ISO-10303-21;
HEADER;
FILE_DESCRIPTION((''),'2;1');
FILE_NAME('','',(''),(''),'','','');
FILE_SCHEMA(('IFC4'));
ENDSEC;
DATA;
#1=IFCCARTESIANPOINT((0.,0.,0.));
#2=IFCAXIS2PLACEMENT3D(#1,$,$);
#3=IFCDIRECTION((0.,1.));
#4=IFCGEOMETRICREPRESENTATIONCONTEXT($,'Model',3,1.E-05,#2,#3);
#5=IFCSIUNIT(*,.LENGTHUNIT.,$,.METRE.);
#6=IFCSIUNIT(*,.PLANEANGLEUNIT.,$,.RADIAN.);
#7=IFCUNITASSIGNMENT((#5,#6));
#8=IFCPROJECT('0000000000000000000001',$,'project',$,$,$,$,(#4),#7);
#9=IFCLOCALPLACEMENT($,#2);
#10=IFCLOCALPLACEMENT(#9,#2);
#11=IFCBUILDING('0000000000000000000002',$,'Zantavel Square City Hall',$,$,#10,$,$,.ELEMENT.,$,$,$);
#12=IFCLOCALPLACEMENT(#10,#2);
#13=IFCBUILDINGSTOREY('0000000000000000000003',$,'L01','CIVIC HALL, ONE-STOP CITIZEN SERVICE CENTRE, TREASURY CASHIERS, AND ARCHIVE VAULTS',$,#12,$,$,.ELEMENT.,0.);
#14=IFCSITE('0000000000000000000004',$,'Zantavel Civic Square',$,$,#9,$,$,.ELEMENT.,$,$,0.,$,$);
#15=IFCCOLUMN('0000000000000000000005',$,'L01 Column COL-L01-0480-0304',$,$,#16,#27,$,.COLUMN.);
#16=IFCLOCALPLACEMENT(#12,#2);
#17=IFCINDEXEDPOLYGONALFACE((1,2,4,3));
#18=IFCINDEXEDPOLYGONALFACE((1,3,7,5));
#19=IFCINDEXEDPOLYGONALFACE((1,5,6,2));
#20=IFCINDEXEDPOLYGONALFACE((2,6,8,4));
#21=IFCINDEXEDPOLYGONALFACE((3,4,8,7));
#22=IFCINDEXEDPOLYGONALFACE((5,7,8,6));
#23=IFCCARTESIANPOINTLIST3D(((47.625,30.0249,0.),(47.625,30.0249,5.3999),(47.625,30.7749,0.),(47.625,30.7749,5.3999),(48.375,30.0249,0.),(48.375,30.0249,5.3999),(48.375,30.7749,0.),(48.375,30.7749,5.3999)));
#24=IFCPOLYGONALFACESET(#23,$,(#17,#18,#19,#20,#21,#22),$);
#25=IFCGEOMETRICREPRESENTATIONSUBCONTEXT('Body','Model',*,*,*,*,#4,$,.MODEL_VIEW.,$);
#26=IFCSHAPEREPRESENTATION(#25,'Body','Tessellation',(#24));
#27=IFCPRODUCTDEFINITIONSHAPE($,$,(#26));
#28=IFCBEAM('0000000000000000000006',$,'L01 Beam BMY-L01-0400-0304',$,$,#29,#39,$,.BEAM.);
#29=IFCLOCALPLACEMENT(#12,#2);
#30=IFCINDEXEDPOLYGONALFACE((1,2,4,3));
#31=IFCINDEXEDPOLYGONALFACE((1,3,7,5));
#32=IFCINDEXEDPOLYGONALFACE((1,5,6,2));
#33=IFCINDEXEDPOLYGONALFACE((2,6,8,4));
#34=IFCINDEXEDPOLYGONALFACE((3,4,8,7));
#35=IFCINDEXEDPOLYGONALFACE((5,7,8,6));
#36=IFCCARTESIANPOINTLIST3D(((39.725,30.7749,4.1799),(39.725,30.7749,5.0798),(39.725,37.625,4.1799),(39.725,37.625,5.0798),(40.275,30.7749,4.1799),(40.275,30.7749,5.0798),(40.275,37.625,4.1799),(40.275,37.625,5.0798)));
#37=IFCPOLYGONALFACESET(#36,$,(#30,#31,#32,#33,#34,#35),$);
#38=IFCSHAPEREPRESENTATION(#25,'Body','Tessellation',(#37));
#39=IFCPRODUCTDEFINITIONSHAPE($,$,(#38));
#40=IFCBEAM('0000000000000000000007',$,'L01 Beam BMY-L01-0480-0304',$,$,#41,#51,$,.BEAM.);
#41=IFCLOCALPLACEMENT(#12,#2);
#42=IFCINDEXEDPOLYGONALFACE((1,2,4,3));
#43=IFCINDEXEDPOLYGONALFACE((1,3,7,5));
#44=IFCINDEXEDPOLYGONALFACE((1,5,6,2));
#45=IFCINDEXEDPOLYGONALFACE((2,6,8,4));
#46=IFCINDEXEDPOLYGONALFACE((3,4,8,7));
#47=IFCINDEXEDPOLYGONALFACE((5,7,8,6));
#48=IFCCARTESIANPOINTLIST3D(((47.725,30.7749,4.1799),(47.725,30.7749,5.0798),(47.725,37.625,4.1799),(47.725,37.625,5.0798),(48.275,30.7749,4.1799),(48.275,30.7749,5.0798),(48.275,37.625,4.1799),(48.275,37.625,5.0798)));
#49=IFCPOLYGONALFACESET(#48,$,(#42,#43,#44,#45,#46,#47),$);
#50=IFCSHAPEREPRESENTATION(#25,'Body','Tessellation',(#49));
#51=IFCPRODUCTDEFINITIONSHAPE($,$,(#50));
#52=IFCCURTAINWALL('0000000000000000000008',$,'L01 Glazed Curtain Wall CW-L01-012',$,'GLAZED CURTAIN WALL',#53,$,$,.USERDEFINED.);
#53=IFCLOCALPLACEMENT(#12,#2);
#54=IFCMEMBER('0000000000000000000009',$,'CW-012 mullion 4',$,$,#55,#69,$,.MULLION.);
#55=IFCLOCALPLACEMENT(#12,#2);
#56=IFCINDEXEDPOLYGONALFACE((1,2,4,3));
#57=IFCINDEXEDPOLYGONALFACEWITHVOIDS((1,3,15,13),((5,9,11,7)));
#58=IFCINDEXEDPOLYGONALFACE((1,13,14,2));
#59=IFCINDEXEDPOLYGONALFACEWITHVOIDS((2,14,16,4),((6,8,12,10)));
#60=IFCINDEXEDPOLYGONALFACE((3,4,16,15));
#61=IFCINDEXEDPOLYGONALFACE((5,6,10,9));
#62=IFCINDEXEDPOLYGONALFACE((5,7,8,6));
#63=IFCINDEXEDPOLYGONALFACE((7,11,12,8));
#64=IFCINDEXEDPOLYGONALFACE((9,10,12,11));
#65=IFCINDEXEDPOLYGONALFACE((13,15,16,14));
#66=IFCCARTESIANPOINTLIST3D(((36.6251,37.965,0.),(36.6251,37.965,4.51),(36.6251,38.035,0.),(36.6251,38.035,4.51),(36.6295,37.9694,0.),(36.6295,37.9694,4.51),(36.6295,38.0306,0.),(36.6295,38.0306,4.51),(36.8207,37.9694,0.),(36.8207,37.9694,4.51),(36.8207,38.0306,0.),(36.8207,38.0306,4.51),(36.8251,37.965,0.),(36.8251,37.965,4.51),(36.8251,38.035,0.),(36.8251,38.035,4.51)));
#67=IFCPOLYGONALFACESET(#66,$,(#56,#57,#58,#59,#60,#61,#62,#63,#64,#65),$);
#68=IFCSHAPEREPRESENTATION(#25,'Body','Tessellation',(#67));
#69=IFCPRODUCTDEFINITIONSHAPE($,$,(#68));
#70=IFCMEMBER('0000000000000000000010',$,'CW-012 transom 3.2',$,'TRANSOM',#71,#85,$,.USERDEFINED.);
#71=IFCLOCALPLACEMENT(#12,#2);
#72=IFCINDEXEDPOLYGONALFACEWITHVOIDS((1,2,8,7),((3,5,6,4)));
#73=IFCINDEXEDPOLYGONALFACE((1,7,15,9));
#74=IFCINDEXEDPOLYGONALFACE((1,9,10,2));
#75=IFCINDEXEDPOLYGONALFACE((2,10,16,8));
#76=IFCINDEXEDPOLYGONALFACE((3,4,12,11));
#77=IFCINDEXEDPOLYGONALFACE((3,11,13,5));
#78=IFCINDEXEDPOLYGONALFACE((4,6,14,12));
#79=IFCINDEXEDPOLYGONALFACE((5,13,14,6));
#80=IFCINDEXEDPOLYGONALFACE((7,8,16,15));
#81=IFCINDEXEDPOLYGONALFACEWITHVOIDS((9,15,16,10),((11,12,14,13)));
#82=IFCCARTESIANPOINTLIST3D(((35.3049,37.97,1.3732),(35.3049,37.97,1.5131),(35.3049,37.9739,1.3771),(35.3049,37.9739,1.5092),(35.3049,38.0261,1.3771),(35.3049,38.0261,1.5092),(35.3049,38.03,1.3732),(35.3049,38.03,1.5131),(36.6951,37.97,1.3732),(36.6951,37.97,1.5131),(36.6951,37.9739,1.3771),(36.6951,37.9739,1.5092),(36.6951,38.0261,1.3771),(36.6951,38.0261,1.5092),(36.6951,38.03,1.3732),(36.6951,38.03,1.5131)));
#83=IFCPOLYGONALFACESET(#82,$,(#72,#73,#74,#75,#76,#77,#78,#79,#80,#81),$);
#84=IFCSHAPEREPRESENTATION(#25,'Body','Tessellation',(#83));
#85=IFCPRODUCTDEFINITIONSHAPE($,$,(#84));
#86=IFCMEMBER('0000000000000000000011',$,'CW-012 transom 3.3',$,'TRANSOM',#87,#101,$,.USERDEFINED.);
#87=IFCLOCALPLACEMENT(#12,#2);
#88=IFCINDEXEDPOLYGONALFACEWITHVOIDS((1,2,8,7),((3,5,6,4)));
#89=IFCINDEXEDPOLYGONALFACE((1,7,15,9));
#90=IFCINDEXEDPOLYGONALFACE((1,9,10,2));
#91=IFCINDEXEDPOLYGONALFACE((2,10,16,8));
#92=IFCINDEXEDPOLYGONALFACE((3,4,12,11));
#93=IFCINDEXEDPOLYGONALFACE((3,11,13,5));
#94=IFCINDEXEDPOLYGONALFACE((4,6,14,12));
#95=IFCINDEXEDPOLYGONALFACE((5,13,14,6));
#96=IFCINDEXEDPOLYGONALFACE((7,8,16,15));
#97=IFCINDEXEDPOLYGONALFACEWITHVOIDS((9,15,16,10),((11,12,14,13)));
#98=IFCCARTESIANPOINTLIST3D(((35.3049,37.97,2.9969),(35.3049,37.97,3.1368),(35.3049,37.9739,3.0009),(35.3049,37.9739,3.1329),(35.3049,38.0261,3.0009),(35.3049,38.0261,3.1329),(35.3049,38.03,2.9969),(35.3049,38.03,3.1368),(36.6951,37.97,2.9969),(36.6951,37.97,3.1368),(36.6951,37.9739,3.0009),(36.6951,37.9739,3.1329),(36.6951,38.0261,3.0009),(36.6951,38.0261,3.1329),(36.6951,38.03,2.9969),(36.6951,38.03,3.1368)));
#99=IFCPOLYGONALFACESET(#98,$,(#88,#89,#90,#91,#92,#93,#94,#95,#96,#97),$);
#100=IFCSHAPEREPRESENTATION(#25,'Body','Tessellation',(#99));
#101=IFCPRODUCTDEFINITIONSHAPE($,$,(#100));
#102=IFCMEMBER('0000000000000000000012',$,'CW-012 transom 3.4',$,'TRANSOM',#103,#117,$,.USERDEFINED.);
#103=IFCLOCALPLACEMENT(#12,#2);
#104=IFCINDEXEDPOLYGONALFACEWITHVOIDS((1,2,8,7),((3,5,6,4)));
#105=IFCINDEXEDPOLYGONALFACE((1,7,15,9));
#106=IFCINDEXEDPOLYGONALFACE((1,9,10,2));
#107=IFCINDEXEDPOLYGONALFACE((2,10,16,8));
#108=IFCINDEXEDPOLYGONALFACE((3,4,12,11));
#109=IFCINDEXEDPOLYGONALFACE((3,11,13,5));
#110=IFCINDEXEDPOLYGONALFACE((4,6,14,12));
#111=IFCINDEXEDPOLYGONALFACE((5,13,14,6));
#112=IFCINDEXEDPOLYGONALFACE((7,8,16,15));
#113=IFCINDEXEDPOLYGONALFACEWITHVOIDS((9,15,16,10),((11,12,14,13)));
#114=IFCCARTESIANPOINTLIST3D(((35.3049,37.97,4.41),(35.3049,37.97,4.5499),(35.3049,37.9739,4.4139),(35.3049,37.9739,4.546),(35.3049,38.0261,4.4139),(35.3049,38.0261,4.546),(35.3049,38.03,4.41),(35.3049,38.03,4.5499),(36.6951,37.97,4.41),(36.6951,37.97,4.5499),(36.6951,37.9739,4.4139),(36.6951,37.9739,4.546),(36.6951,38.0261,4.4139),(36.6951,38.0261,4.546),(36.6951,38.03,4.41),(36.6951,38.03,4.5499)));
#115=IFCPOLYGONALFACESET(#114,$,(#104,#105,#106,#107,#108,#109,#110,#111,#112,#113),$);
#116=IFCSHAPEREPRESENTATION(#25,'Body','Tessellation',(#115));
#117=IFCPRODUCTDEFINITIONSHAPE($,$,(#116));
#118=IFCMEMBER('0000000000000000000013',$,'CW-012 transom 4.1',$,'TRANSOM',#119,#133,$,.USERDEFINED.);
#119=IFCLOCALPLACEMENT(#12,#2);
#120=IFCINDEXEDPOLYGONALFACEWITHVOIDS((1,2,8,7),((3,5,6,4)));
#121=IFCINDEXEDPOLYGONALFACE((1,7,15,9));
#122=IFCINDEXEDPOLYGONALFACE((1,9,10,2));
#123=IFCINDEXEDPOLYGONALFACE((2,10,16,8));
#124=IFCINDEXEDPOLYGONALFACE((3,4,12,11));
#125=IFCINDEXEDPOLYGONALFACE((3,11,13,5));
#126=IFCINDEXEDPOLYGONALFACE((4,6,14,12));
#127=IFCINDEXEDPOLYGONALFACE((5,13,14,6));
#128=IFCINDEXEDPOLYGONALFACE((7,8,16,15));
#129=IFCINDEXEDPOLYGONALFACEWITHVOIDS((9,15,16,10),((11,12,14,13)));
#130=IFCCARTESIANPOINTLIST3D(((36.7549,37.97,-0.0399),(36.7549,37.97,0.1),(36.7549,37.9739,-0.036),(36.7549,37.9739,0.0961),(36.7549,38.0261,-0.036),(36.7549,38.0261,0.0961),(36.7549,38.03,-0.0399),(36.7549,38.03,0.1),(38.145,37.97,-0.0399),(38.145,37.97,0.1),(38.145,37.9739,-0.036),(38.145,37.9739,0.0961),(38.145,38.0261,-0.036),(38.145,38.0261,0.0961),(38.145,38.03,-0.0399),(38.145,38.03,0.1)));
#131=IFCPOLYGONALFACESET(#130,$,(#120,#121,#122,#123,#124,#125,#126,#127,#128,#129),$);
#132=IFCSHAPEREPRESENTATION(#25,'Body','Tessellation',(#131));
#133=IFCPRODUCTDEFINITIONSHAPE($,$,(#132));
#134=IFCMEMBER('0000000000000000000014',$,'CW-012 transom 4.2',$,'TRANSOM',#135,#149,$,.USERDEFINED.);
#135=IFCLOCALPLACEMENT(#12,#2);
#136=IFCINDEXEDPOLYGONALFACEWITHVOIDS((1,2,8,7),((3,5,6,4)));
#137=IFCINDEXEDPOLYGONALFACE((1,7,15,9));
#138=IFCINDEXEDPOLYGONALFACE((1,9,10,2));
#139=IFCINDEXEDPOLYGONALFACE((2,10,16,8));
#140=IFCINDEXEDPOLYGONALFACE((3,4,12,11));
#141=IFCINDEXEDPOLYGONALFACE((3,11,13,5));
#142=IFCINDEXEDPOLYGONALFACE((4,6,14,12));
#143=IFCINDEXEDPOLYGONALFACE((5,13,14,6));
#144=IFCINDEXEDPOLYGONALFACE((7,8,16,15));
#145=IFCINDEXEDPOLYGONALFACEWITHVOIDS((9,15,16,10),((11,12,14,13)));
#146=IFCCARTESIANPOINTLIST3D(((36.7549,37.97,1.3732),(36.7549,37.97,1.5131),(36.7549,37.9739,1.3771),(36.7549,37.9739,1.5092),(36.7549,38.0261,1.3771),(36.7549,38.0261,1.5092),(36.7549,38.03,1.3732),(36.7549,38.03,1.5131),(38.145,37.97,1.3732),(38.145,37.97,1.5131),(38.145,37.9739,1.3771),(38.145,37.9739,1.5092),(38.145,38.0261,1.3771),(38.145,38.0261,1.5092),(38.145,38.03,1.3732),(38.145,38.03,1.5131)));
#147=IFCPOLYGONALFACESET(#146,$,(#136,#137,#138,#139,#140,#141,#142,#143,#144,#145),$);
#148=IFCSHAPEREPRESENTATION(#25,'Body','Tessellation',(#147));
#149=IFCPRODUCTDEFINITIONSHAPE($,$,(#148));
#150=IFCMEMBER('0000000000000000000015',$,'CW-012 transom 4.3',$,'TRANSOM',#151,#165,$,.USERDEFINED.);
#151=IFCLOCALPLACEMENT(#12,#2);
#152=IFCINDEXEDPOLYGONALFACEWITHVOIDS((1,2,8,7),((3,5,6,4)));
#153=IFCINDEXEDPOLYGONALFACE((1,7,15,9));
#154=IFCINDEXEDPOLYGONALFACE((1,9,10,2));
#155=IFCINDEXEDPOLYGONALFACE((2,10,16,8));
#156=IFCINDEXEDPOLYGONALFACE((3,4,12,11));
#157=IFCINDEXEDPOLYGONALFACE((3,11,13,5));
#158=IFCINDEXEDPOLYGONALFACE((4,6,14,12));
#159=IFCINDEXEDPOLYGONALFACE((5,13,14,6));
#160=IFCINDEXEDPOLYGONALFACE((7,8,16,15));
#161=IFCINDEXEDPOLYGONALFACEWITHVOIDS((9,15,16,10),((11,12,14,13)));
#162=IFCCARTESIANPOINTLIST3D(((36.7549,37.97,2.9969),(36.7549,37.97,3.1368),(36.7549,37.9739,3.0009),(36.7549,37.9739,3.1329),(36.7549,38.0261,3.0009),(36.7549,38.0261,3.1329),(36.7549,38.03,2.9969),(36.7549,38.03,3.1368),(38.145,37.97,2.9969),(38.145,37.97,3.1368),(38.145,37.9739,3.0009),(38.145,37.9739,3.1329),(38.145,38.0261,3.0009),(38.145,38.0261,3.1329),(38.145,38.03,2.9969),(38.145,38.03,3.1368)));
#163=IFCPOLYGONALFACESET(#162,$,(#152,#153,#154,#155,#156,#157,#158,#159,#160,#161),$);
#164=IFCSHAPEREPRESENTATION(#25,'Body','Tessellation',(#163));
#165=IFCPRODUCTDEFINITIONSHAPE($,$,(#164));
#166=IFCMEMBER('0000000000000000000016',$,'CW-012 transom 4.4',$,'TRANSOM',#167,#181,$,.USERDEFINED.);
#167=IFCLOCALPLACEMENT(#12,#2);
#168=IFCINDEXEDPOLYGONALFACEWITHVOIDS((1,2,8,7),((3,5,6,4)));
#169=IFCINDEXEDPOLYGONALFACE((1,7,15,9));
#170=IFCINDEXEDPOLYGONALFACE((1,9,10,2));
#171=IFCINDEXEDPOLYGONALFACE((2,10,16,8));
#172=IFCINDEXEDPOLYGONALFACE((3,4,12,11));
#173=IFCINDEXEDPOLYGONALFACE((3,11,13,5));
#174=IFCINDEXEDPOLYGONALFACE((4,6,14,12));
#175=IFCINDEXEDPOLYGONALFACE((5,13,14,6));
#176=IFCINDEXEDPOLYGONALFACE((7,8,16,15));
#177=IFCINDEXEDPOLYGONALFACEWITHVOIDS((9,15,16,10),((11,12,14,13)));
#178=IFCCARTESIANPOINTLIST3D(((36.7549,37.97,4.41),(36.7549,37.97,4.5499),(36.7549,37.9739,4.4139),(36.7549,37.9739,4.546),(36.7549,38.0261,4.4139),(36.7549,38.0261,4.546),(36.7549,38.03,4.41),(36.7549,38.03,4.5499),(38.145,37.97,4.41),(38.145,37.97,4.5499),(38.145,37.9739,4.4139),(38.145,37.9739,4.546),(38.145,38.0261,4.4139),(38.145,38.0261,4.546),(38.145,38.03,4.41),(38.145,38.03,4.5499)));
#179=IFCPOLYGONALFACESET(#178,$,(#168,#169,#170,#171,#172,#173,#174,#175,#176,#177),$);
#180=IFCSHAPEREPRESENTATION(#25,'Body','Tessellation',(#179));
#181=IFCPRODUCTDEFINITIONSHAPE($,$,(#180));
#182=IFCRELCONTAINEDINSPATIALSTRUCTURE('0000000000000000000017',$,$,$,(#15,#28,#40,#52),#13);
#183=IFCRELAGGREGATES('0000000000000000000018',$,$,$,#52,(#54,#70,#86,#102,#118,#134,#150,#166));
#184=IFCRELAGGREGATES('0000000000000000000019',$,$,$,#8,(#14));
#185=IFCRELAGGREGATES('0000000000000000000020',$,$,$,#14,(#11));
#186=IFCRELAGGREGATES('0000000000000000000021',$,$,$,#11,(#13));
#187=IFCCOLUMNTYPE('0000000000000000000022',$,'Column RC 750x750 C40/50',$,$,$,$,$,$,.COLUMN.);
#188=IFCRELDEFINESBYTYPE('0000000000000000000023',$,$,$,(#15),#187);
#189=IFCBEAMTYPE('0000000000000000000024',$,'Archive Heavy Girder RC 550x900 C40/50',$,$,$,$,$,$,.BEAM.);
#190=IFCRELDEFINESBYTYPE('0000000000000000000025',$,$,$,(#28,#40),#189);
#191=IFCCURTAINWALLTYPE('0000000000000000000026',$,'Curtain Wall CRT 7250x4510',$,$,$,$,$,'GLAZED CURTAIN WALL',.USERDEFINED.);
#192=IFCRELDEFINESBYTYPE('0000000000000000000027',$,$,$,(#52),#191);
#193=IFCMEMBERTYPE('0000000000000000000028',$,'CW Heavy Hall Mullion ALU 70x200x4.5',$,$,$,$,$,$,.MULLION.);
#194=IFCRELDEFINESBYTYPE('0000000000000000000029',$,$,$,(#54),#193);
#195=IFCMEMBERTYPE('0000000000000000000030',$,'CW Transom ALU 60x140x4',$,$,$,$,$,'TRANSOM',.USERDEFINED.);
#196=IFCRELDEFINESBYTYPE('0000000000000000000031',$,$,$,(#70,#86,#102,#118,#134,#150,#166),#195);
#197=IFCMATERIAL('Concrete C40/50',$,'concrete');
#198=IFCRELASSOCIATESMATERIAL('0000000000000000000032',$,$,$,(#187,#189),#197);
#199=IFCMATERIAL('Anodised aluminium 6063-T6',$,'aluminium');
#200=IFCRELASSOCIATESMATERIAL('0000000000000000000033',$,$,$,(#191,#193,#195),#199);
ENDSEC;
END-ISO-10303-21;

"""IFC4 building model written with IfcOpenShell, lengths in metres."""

from ifc_helpers import new_model, si_unit, direction, frame, origin, origin_2d, place, context, subcontext, project, spatial, rectangle, hollow_rectangle, extrude, material, material_profile, profile_set, type_object, element, aggregate, save


model = new_model("IFC4")

# Units and contexts
model_context = context("Model", 3, precision=1e-05, world=origin(), true_north=direction((0.0, 1.0)))
body_context = subcontext(model_context, "Body", "Model", "MODEL_VIEW")
ifc_project = project(units=[si_unit("LENGTHUNIT", "METRE"), si_unit("PLANEANGLEUNIT", "RADIAN")], contexts=[model_context])

# Site, building, storey
site_placement = place(None, origin())
site = spatial("IfcSite", under=ifc_project, at=site_placement, Name="Zantavel Civic Square", CompositionType="ELEMENT", RefElevation=0.0)
building_placement = place(site_placement, origin())
building = spatial("IfcBuilding", under=site, at=building_placement, Name="Zantavel Square City Hall", CompositionType="ELEMENT")
storey_placement = place(building_placement, origin())
storey = spatial("IfcBuildingStorey", under=building, at=storey_placement, Name="L01", Description="CIVIC HALL, ONE-STOP CITIZEN SERVICE CENTRE, TREASURY CASHIERS, AND ARCHIVE VAULTS", CompositionType="ELEMENT", Elevation=0.0)

# Column
ifc_material_1 = material(Name="Concrete C40/50", Category="concrete")
ifc_material_profile_1 = material_profile(ifc_material_1, rectangle(XDim=0.75, YDim=0.75, at=origin_2d()), Name="RC 750x750")
ifc_profile_set_1 = profile_set([ifc_material_profile_1], Name="Concrete C40/50")
column_type = type_object("IfcColumnType", Name="Column RC 750x750 C40/50", PredefinedType="COLUMN", material=ifc_profile_set_1)
column_placement = place(storey_placement, frame((48.0, 30.3999, 0.0), z_axis=(0.0, 0.0, 1.0), x_axis=(1.0, 0.0, 0.0)))
element("IfcColumn", 1, at=column_placement, inside=storey, type_object=column_type, Name="L01 Column COL-L01-0480-0304", PredefinedType="COLUMN", context=body_context, shape_type="SweptSolid", body=[
    extrude(rectangle(XDim=0.75, YDim=0.75, at=origin_2d()), origin(), (0.0, 0.0, 1.0), 5.3999),
])

# Beams
ifc_material_profile_2 = material_profile(ifc_material_1, rectangle(XDim=0.55, YDim=0.8999, at=origin_2d()), Name="RC 550x900")
ifc_profile_set_2 = profile_set([ifc_material_profile_2], Name="Concrete C40/50")
beam_type = type_object("IfcBeamType", Name="Archive Heavy Girder RC 550x900 C40/50", PredefinedType="BEAM", material=ifc_profile_set_2)
for number, where, z_axis, x_axis, name in (
    (2, (40.0, 30.7749, 4.6299), (0.0, 1.0, 0.0), (-1.0, 0.0, 0.0), "L01 Beam BMY-L01-0400-0304"),
    (3, (48.0, 30.7749, 4.6299), (0.0, 1.0, 0.0), (-1.0, 0.0, 0.0), "L01 Beam BMY-L01-0480-0304"),
):
    element("IfcBeam", number, at=place(storey_placement, frame(where, z_axis=z_axis, x_axis=x_axis)), inside=storey, type_object=beam_type, Name=name, PredefinedType="BEAM", context=body_context, shape_type="SweptSolid", body=[
        extrude(rectangle(XDim=0.55, YDim=0.8999, at=origin_2d()), origin(), (0.0, 0.0, 1.0), 6.8501),
    ])

# Curtain wall, members
ifc_material_2 = material(Name="Anodised aluminium 6063-T6", Category="aluminium")
curtain_wall_type = type_object("IfcCurtainWallType", Name="Curtain Wall CRT 7250x4510", ElementType="GLAZED CURTAIN WALL", PredefinedType="USERDEFINED", material=ifc_material_2)
curtain_wall_placement = place(storey_placement, origin())
curtain_wall = element("IfcCurtainWall", 4, at=curtain_wall_placement, inside=storey, type_object=curtain_wall_type, Name="L01 Glazed Curtain Wall CW-L01-012", ObjectType="GLAZED CURTAIN WALL", PredefinedType="USERDEFINED")
ifc_material_profile_3 = material_profile(ifc_material_2, hollow_rectangle(XDim=0.0701, YDim=0.2, WallThickness=0.0044, at=origin_2d()), Name="ALU 70x200x4.5")
ifc_profile_set_3 = profile_set([ifc_material_profile_3], Name="Anodised aluminium 6063-T6")
member_type_1 = type_object("IfcMemberType", Name="CW Heavy Hall Mullion ALU 70x200x4.5", PredefinedType="MULLION", material=ifc_profile_set_3)
member_1_placement = place(storey_placement, frame((36.7251, 38.0, 0.0), z_axis=(0.0, 0.0, 1.0), x_axis=(0.0, 1.0, 0.0)))
member_1 = element("IfcMember", 5, at=member_1_placement, type_object=member_type_1, Name="CW-012 mullion 4", PredefinedType="MULLION", context=body_context, shape_type="SweptSolid", body=[
    extrude(hollow_rectangle(XDim=0.0701, YDim=0.2, WallThickness=0.0044, at=origin_2d()), origin(), (0.0, 0.0, 1.0), 4.51),
])
ifc_material_profile_4 = material_profile(ifc_material_2, hollow_rectangle(XDim=0.0601, YDim=0.1399, WallThickness=0.0039, at=origin_2d()), Name="ALU 60x140x4")
ifc_profile_set_4 = profile_set([ifc_material_profile_4], Name="Anodised aluminium 6063-T6")
member_type_2 = type_object("IfcMemberType", Name="CW Transom ALU 60x140x4", ElementType="TRANSOM", PredefinedType="USERDEFINED", material=ifc_profile_set_4)
member_2_placement = place(storey_placement, frame((35.3049, 38.0, 1.4431), z_axis=(1.0, 0.0, 0.0), x_axis=(0.0, 1.0, 0.0)))
member_2 = element("IfcMember", 6, at=member_2_placement, type_object=member_type_2, Name="CW-012 transom 3.2", ObjectType="TRANSOM", PredefinedType="USERDEFINED", context=body_context, shape_type="SweptSolid", body=[
    extrude(hollow_rectangle(XDim=0.0601, YDim=0.1399, WallThickness=0.0039, at=origin_2d()), origin(), (0.0, 0.0, 1.0), 1.3901),
])
member_3_placement = place(storey_placement, frame((35.3049, 38.0, 3.0669), z_axis=(1.0, 0.0, 0.0), x_axis=(0.0, 1.0, 0.0)))
member_3 = element("IfcMember", 7, at=member_3_placement, type_object=member_type_2, Name="CW-012 transom 3.3", ObjectType="TRANSOM", PredefinedType="USERDEFINED", context=body_context, shape_type="SweptSolid", body=[
    extrude(hollow_rectangle(XDim=0.0601, YDim=0.1399, WallThickness=0.0039, at=origin_2d()), origin(), (0.0, 0.0, 1.0), 1.3901),
])
member_4_placement = place(storey_placement, frame((35.3049, 38.0, 4.48), z_axis=(1.0, 0.0, 0.0), x_axis=(0.0, 1.0, 0.0)))
member_4 = element("IfcMember", 8, at=member_4_placement, type_object=member_type_2, Name="CW-012 transom 3.4", ObjectType="TRANSOM", PredefinedType="USERDEFINED", context=body_context, shape_type="SweptSolid", body=[
    extrude(hollow_rectangle(XDim=0.0601, YDim=0.1399, WallThickness=0.0039, at=origin_2d()), origin(), (0.0, 0.0, 1.0), 1.3901),
])
member_5_placement = place(storey_placement, frame((36.7549, 38.0, 0.03), z_axis=(1.0, 0.0, 0.0), x_axis=(0.0, 1.0, 0.0)))
member_5 = element("IfcMember", 9, at=member_5_placement, type_object=member_type_2, Name="CW-012 transom 4.1", ObjectType="TRANSOM", PredefinedType="USERDEFINED", context=body_context, shape_type="SweptSolid", body=[
    extrude(hollow_rectangle(XDim=0.0601, YDim=0.1399, WallThickness=0.0039, at=origin_2d()), origin(), (0.0, 0.0, 1.0), 1.3901),
])
member_6_placement = place(storey_placement, frame((36.7549, 38.0, 1.4431), z_axis=(1.0, 0.0, 0.0), x_axis=(0.0, 1.0, 0.0)))
member_6 = element("IfcMember", 10, at=member_6_placement, type_object=member_type_2, Name="CW-012 transom 4.2", ObjectType="TRANSOM", PredefinedType="USERDEFINED", context=body_context, shape_type="SweptSolid", body=[
    extrude(hollow_rectangle(XDim=0.0601, YDim=0.1399, WallThickness=0.0039, at=origin_2d()), origin(), (0.0, 0.0, 1.0), 1.3901),
])
member_7_placement = place(storey_placement, frame((36.7549, 38.0, 3.0669), z_axis=(1.0, 0.0, 0.0), x_axis=(0.0, 1.0, 0.0)))
member_7 = element("IfcMember", 11, at=member_7_placement, type_object=member_type_2, Name="CW-012 transom 4.3", ObjectType="TRANSOM", PredefinedType="USERDEFINED", context=body_context, shape_type="SweptSolid", body=[
    extrude(hollow_rectangle(XDim=0.0601, YDim=0.1399, WallThickness=0.0039, at=origin_2d()), origin(), (0.0, 0.0, 1.0), 1.3901),
])
member_8_placement = place(storey_placement, frame((36.7549, 38.0, 4.48), z_axis=(1.0, 0.0, 0.0), x_axis=(0.0, 1.0, 0.0)))
member_8 = element("IfcMember", 12, at=member_8_placement, type_object=member_type_2, Name="CW-012 transom 4.4", ObjectType="TRANSOM", PredefinedType="USERDEFINED", context=body_context, shape_type="SweptSolid", body=[
    extrude(hollow_rectangle(XDim=0.0601, YDim=0.1399, WallThickness=0.0039, at=origin_2d()), origin(), (0.0, 0.0, 1.0), 1.3901),
])
aggregate(curtain_wall, [member_1, member_2, member_3, member_4, member_5, member_6, member_7, member_8])

save(model, "model.ifc")
